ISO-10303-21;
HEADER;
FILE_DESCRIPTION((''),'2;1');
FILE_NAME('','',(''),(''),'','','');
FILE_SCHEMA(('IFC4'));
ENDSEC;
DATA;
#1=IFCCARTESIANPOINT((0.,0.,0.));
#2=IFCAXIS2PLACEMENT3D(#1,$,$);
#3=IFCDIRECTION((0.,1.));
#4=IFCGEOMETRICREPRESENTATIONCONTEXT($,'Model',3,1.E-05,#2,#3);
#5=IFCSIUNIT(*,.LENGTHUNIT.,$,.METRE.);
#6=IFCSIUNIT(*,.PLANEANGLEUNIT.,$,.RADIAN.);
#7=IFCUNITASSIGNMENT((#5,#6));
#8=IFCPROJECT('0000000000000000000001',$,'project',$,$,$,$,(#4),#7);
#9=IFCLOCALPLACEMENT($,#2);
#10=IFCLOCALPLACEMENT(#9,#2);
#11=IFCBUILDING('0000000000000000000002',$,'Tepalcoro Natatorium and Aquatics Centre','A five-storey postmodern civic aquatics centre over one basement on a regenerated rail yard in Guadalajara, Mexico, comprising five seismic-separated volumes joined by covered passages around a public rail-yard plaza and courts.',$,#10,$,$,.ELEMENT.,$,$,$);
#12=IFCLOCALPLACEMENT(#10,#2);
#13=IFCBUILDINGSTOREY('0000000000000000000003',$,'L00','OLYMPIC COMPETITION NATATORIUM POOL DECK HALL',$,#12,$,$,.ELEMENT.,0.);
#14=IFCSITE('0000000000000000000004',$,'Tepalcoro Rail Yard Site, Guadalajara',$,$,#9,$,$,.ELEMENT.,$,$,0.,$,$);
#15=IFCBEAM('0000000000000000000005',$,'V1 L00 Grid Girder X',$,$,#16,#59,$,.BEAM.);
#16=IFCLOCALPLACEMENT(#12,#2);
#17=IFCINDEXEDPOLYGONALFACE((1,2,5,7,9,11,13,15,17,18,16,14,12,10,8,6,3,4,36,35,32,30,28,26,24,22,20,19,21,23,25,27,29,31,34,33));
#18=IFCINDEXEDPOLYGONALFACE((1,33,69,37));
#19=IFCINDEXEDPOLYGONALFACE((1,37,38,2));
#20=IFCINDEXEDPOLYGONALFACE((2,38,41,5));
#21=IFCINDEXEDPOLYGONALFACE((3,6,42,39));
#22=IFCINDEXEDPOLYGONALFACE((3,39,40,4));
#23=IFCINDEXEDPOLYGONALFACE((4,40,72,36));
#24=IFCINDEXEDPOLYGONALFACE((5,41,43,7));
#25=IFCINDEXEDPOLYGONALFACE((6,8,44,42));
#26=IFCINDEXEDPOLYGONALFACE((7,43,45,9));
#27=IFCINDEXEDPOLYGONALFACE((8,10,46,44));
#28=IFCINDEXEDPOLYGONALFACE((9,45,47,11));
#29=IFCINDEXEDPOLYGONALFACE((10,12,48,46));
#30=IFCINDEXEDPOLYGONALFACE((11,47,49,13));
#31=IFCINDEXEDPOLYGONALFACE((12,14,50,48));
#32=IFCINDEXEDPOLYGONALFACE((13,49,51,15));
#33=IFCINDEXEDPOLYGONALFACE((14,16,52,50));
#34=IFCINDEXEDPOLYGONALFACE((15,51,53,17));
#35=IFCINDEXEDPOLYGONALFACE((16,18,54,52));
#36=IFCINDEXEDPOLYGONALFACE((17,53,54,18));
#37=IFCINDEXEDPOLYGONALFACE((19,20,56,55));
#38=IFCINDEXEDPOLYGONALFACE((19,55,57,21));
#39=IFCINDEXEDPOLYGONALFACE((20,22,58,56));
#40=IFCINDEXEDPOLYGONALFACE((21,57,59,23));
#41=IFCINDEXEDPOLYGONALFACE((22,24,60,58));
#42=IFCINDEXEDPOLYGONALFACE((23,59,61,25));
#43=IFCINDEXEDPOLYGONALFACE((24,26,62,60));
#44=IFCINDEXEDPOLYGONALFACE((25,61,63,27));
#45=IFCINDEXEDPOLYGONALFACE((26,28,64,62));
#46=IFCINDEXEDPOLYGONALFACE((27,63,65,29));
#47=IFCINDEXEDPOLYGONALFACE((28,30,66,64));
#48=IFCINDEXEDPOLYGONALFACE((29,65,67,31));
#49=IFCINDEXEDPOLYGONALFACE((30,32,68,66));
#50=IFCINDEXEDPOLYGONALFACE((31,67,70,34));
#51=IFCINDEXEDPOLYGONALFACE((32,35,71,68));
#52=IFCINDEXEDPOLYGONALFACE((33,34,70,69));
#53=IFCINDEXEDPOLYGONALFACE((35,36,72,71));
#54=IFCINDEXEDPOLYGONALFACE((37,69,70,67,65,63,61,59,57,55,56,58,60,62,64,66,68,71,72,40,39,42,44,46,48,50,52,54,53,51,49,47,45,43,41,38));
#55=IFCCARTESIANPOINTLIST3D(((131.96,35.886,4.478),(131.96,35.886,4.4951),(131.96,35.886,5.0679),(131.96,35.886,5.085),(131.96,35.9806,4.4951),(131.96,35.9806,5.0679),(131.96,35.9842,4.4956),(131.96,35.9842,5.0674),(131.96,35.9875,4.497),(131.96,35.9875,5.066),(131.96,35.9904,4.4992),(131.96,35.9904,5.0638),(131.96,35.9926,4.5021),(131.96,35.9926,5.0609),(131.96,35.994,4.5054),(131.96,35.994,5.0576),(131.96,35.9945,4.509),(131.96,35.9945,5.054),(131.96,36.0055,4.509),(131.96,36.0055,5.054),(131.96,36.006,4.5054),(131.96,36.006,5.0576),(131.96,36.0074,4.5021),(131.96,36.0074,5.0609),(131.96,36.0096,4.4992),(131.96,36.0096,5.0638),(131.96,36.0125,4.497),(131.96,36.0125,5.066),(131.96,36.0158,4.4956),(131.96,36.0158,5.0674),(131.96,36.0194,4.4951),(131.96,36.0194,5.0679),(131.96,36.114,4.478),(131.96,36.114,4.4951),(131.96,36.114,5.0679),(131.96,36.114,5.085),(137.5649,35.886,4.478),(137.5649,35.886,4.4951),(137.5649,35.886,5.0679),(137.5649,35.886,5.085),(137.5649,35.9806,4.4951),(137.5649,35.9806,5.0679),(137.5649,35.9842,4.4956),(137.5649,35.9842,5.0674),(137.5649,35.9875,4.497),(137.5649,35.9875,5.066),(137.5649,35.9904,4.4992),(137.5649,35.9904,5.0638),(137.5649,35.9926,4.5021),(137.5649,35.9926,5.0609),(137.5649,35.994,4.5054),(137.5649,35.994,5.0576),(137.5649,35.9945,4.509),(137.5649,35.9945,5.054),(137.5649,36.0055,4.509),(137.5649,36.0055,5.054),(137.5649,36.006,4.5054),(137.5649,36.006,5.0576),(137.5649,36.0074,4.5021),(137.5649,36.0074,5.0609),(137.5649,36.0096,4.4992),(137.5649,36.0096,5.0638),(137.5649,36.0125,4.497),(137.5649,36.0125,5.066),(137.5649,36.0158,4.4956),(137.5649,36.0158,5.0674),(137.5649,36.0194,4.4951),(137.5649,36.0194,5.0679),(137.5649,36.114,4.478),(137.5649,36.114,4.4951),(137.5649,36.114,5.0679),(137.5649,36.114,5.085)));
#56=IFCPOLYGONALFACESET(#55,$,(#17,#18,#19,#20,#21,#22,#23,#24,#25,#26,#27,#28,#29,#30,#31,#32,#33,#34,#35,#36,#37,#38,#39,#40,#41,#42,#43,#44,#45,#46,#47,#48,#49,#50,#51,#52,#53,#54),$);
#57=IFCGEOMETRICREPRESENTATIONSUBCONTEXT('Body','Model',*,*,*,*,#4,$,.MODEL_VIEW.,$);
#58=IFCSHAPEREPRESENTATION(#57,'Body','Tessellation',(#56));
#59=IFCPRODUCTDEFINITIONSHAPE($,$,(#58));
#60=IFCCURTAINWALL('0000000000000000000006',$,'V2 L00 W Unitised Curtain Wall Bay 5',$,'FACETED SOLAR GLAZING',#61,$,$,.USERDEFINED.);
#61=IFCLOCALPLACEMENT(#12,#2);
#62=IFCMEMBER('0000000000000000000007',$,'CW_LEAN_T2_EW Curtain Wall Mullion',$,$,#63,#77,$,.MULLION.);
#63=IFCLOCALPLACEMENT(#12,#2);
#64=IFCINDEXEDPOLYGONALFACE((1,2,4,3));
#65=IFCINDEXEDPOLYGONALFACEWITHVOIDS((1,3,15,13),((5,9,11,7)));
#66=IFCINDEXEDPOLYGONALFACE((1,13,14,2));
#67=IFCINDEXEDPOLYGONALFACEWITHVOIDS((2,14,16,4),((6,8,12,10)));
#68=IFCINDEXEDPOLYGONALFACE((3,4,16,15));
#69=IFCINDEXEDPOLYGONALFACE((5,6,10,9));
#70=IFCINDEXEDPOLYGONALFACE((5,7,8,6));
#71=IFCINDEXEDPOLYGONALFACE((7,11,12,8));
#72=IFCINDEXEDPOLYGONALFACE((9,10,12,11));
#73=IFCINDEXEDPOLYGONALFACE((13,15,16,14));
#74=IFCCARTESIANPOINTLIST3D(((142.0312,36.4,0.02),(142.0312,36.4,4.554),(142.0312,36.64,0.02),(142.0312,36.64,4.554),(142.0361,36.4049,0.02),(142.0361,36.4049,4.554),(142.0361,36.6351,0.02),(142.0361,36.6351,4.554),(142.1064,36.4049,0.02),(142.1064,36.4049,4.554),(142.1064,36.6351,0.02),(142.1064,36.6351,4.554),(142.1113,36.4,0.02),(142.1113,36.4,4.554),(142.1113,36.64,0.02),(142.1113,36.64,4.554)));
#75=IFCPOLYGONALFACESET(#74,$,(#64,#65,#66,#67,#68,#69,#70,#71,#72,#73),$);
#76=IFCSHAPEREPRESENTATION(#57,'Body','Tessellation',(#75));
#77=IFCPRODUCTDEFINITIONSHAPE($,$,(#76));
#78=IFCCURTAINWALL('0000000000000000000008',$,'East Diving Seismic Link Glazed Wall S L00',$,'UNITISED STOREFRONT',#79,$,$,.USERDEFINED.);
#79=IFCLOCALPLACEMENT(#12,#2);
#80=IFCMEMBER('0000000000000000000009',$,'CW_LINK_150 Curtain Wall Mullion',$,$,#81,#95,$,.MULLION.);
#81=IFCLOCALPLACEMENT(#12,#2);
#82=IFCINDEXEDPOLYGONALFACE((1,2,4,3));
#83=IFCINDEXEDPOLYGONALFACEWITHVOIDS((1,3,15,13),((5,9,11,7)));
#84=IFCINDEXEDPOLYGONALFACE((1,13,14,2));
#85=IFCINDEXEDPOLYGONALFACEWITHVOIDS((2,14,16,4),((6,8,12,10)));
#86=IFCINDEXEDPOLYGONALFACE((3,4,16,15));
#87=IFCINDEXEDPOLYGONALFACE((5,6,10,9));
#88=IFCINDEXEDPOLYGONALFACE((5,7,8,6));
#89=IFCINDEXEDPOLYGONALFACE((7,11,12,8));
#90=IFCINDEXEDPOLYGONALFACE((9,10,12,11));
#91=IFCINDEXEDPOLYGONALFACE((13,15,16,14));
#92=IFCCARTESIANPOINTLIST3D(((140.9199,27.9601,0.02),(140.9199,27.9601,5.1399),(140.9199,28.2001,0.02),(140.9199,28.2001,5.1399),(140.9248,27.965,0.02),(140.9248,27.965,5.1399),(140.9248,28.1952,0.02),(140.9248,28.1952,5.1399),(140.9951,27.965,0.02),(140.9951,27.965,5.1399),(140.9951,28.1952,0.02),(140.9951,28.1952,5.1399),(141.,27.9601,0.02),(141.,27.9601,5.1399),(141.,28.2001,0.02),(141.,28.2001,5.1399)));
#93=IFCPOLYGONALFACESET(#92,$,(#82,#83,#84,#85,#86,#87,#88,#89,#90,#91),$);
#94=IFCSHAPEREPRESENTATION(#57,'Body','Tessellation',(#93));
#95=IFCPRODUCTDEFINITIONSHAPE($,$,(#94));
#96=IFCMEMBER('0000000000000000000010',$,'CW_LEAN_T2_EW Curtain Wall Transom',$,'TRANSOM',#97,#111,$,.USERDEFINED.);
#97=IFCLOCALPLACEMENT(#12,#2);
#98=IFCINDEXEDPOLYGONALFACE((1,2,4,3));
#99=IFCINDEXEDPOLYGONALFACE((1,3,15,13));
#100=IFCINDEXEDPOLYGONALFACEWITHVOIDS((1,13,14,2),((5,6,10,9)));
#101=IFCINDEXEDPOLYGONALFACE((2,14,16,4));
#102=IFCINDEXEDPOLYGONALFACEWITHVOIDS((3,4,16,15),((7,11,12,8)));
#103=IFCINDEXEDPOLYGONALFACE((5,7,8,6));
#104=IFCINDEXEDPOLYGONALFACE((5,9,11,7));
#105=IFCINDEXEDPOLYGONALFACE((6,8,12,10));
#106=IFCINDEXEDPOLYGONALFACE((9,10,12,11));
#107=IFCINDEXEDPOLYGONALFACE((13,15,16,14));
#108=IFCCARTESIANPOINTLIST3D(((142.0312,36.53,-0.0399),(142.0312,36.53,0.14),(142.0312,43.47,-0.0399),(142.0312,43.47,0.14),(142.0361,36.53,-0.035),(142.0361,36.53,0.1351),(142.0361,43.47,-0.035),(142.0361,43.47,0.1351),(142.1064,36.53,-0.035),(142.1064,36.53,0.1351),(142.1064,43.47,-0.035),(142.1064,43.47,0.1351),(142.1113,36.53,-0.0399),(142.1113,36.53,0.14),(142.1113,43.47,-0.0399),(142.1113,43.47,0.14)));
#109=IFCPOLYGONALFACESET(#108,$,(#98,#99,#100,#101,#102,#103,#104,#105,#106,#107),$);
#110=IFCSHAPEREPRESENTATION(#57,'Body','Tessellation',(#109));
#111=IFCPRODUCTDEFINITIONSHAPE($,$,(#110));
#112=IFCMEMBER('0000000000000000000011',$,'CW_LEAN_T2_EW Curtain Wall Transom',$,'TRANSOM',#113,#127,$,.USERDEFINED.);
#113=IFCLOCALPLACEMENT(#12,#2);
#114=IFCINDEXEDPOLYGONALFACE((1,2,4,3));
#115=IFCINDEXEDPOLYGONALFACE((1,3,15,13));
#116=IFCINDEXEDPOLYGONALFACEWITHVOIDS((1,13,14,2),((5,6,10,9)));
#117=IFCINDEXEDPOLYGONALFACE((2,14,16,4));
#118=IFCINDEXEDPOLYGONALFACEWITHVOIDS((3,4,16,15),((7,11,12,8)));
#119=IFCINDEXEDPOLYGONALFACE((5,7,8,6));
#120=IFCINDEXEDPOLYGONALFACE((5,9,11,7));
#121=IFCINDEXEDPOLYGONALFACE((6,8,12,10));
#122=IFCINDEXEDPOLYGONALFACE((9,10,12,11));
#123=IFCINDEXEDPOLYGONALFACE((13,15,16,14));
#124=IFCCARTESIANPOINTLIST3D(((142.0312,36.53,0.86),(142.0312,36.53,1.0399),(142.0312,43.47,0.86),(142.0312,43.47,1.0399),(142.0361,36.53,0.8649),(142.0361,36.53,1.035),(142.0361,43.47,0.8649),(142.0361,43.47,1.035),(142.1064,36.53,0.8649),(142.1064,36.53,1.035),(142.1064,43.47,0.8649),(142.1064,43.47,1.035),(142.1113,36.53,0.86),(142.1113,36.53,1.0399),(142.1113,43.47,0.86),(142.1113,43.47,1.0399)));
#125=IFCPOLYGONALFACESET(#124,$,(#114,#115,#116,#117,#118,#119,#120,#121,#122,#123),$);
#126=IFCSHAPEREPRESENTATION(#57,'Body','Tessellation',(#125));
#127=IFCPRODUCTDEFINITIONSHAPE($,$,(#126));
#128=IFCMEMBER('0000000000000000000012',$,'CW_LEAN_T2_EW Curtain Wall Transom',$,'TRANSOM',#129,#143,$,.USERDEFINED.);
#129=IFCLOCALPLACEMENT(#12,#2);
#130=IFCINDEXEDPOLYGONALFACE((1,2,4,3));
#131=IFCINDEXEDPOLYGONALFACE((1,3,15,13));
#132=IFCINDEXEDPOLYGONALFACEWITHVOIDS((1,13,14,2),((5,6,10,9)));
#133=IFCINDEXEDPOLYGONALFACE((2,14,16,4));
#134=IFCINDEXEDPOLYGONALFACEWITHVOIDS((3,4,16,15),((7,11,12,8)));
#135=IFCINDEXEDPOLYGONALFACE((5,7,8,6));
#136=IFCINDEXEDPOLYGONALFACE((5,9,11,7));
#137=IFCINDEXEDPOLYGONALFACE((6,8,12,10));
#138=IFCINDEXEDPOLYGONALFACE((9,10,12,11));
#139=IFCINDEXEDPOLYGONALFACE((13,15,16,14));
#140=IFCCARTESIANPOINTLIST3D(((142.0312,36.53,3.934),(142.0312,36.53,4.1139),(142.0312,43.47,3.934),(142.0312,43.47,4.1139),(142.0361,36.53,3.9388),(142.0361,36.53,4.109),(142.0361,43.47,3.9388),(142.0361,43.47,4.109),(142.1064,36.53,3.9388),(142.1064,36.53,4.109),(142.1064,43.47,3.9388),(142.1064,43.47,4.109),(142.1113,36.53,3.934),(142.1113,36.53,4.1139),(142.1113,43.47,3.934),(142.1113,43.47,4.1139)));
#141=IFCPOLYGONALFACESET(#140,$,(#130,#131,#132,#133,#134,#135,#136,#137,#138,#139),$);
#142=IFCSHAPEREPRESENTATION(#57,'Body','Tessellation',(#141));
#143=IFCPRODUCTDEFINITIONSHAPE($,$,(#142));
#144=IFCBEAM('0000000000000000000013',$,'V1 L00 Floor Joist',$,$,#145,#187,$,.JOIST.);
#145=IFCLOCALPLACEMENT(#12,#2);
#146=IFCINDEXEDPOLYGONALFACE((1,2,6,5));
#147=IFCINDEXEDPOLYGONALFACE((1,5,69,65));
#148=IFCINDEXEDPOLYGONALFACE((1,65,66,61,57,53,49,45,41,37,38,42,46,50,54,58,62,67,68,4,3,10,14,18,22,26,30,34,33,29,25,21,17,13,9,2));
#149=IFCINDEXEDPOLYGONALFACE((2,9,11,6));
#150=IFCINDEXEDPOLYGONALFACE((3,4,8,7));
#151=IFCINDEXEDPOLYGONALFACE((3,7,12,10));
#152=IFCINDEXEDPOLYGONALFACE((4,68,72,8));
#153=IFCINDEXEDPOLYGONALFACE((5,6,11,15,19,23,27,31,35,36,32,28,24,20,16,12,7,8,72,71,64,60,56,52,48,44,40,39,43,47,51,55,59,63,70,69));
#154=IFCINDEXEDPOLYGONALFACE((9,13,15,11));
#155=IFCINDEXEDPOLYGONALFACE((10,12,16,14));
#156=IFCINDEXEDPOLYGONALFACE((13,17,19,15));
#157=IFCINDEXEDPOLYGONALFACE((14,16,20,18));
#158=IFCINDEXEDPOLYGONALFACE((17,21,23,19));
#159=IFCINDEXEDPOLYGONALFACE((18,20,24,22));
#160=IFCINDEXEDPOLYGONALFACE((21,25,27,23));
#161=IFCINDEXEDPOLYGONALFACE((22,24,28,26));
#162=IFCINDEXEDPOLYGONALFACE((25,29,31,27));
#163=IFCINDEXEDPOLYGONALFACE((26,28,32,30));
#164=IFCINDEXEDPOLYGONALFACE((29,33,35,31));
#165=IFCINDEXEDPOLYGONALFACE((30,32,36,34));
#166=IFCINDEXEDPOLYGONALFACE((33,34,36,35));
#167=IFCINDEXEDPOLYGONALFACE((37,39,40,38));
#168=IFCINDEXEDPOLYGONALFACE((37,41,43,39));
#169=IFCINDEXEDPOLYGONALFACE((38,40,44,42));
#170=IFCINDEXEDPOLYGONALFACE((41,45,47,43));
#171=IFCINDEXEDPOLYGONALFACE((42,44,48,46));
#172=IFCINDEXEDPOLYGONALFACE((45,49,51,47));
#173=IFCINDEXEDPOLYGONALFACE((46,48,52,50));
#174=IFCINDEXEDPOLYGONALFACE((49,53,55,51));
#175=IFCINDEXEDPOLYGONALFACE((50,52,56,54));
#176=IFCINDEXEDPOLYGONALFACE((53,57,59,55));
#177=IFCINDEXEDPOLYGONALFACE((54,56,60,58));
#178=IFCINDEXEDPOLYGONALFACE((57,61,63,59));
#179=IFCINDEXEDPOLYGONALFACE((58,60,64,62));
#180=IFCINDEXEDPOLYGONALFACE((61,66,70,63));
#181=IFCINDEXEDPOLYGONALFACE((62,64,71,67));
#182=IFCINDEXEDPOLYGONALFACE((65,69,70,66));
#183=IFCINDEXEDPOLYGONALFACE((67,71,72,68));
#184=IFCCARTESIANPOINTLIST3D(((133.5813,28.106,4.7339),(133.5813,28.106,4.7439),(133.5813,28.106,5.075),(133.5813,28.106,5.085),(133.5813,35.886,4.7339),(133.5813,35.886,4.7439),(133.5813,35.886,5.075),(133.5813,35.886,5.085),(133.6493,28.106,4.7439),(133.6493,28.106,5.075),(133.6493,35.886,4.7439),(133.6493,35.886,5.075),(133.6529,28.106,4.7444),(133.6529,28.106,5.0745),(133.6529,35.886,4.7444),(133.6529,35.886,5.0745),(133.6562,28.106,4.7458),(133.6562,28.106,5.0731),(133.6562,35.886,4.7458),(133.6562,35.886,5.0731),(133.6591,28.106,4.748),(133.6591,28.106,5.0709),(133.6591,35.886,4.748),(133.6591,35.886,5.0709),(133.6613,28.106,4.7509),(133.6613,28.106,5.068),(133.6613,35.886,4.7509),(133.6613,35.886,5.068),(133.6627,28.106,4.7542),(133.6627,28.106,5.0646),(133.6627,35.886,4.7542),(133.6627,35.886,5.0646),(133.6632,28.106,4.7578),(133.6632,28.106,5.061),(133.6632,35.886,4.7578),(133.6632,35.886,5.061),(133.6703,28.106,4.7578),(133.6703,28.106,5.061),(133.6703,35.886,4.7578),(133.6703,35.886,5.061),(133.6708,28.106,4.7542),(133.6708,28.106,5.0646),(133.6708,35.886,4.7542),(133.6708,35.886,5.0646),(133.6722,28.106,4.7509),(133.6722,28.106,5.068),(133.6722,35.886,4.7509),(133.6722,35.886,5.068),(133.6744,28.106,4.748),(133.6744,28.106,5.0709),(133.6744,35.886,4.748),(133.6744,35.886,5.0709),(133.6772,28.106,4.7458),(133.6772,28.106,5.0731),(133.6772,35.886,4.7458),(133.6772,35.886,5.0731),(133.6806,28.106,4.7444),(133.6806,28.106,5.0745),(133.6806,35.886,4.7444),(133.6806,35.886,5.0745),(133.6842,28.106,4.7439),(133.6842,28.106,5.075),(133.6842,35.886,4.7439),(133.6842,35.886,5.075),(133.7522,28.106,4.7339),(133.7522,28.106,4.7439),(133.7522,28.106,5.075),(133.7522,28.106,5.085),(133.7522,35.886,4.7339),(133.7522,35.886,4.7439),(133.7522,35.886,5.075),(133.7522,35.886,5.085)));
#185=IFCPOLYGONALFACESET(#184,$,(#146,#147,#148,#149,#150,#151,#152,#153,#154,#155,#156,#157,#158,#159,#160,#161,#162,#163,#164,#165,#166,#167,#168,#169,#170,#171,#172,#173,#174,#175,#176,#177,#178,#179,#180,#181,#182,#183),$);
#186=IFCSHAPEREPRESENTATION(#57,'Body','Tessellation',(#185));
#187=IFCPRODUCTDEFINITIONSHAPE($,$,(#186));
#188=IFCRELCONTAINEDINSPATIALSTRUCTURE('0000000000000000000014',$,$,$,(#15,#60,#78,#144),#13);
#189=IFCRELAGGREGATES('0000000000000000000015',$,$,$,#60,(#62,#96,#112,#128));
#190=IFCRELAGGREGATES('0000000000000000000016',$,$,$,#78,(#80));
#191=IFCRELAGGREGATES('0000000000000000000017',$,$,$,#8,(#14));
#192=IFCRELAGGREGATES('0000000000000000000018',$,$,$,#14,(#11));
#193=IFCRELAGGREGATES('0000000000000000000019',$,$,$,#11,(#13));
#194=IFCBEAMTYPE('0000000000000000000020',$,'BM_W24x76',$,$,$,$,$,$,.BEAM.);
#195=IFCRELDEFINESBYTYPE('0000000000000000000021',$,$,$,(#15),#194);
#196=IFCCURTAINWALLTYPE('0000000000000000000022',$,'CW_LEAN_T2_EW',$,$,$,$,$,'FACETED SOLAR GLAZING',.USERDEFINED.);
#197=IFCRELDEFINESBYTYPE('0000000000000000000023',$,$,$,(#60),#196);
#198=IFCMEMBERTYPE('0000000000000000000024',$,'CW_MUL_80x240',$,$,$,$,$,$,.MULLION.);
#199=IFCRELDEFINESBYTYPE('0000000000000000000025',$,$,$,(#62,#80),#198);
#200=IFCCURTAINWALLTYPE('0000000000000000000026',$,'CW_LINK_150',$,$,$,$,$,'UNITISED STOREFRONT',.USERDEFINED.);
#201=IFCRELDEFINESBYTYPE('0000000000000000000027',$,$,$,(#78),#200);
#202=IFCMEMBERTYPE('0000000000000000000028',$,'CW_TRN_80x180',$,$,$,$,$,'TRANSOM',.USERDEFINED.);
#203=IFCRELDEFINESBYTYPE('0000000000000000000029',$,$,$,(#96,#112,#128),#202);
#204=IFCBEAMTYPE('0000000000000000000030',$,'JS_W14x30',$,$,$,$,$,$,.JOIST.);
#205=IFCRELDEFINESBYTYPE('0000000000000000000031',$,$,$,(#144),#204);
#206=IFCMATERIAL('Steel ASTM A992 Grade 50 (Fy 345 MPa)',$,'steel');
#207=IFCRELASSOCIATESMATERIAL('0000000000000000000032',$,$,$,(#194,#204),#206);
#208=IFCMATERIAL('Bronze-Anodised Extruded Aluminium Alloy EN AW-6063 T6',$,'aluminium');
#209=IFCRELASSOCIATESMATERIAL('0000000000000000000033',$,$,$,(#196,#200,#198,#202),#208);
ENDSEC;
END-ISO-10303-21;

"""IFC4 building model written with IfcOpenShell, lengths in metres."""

from ifc_helpers import new_model, si_unit, direction, frame, origin, origin_2d, place, context, subcontext, project, spatial, hollow_rectangle, i_section, extrude, material, material_profile, profile_set, type_object, element, aggregate, save


model = new_model("IFC4")

# Units and contexts
model_context = context("Model", 3, precision=1e-05, world=origin(), true_north=direction((0.0, 1.0)))
body_context = subcontext(model_context, "Body", "Model", "MODEL_VIEW")
ifc_project = project(units=[si_unit("LENGTHUNIT", "METRE"), si_unit("PLANEANGLEUNIT", "RADIAN")], contexts=[model_context])

# Site, building, storey
site_placement = place(None, origin())
site = spatial("IfcSite", under=ifc_project, at=site_placement, Name="Tepalcoro Rail Yard Site, Guadalajara", CompositionType="ELEMENT", RefElevation=0.0)
building_placement = place(site_placement, origin())
building = spatial("IfcBuilding", under=site, at=building_placement, Name="Tepalcoro Natatorium and Aquatics Centre", Description="A five-storey postmodern civic aquatics centre over one basement on a regenerated rail yard in Guadalajara, Mexico, comprising five seismic-separated volumes joined by covered passages around a public rail-yard plaza and courts.", CompositionType="ELEMENT")
storey_placement = place(building_placement, origin())
storey = spatial("IfcBuildingStorey", under=building, at=storey_placement, Name="L00", Description="OLYMPIC COMPETITION NATATORIUM POOL DECK HALL", CompositionType="ELEMENT", Elevation=0.0)

# Shared definitions
ifc_material_1 = material(Name="Steel ASTM A992 Grade 50 (Fy 345 MPa)", Category="steel")

# Beam
ifc_material_profile_1 = material_profile(ifc_material_1, i_section(OverallWidth=0.228, OverallDepth=0.6069, WebThickness=0.011, FlangeThickness=0.0171, FilletRadius=0.0139, at=origin_2d()), Name="W24X76")
ifc_profile_set_1 = profile_set([ifc_material_profile_1], Name="Steel ASTM A992 Grade 50 (Fy 345 MPa)")
beam_type_1 = type_object("IfcBeamType", Name="BM_W24x76", PredefinedType="BEAM", material=ifc_profile_set_1)
beam_1_placement = place(storey_placement, frame((131.96, 36.0, 4.7815), z_axis=(1.0, 0.0, 0.0), x_axis=(0.0, 1.0, 0.0)))
element("IfcBeam", 1, at=beam_1_placement, inside=storey, type_object=beam_type_1, Name="V1 L00 Grid Girder X", PredefinedType="BEAM", context=body_context, shape_type="SweptSolid", body=[
    extrude(i_section(OverallWidth=0.228, OverallDepth=0.6069, WebThickness=0.011, FlangeThickness=0.0171, FilletRadius=0.0139, at=origin_2d()), origin(), (0.0, 0.0, 1.0), 5.605),
])

# Curtain walls, members
ifc_material_2 = material(Name="Bronze-Anodised Extruded Aluminium Alloy EN AW-6063 T6", Category="aluminium")
curtain_wall_type_1 = type_object("IfcCurtainWallType", Name="CW_LEAN_T2_EW", ElementType="FACETED SOLAR GLAZING", PredefinedType="USERDEFINED", material=ifc_material_2)
curtain_wall_1_placement = place(storey_placement, origin())
curtain_wall_1 = element("IfcCurtainWall", 2, at=curtain_wall_1_placement, inside=storey, type_object=curtain_wall_type_1, Name="V2 L00 W Unitised Curtain Wall Bay 5", ObjectType="FACETED SOLAR GLAZING", PredefinedType="USERDEFINED")
ifc_material_profile_2 = material_profile(ifc_material_2, hollow_rectangle(XDim=0.0801, YDim=0.24, WallThickness=0.0049, at=origin_2d()), Name="AL80X240X5")
ifc_profile_set_2 = profile_set([ifc_material_profile_2], Name="Bronze-Anodised Extruded Aluminium Alloy EN AW-6063 T6")
member_type_1 = type_object("IfcMemberType", Name="CW_MUL_80x240", PredefinedType="MULLION", material=ifc_profile_set_2)
member_1_placement = place(storey_placement, frame((142.0713, 36.52, 0.02), z_axis=(0.0, 0.0, 1.0), x_axis=(1.0, 0.0, 0.0)))
member_1 = element("IfcMember", 3, at=member_1_placement, type_object=member_type_1, Name="CW_LEAN_T2_EW Curtain Wall Mullion", PredefinedType="MULLION", context=body_context, shape_type="SweptSolid", body=[
    extrude(hollow_rectangle(XDim=0.0801, YDim=0.24, WallThickness=0.0049, at=origin_2d()), origin(), (0.0, 0.0, 1.0), 4.5339),
])
curtain_wall_type_2 = type_object("IfcCurtainWallType", Name="CW_LINK_150", ElementType="UNITISED STOREFRONT", PredefinedType="USERDEFINED", material=ifc_material_2)
curtain_wall_2_placement = place(storey_placement, origin())
curtain_wall_2 = element("IfcCurtainWall", 4, at=curtain_wall_2_placement, inside=storey, type_object=curtain_wall_type_2, Name="East Diving Seismic Link Glazed Wall S L00", ObjectType="UNITISED STOREFRONT", PredefinedType="USERDEFINED")
member_2_placement = place(storey_placement, frame((140.96, 28.0801, 0.02), z_axis=(0.0, 0.0, 1.0), x_axis=(1.0, 0.0, 0.0)))
member_2 = element("IfcMember", 5, at=member_2_placement, type_object=member_type_1, Name="CW_LINK_150 Curtain Wall Mullion", PredefinedType="MULLION", context=body_context, shape_type="SweptSolid", body=[
    extrude(hollow_rectangle(XDim=0.0801, YDim=0.24, WallThickness=0.0049, at=origin_2d()), origin(), (0.0, 0.0, 1.0), 5.1199),
])

# Members
ifc_material_profile_3 = material_profile(ifc_material_2, hollow_rectangle(XDim=0.0801, YDim=0.1799, WallThickness=0.0049, at=origin_2d()), Name="AL80X180X5")
ifc_profile_set_3 = profile_set([ifc_material_profile_3], Name="Bronze-Anodised Extruded Aluminium Alloy EN AW-6063 T6")
member_type_2 = type_object("IfcMemberType", Name="CW_TRN_80x180", ElementType="TRANSOM", PredefinedType="USERDEFINED", material=ifc_profile_set_3)
member_3_placement = place(storey_placement, frame((142.0713, 36.53, 0.05), z_axis=(0.0, 1.0, 0.0), x_axis=(-1.0, 0.0, 0.0)))
member_3 = element("IfcMember", 6, at=member_3_placement, type_object=member_type_2, Name="CW_LEAN_T2_EW Curtain Wall Transom", ObjectType="TRANSOM", PredefinedType="USERDEFINED", context=body_context, shape_type="SweptSolid", body=[
    extrude(hollow_rectangle(XDim=0.0801, YDim=0.1799, WallThickness=0.0049, at=origin_2d()), origin(), (0.0, 0.0, 1.0), 6.9399),
])
member_4_placement = place(storey_placement, frame((142.0713, 36.53, 0.95), z_axis=(0.0, 1.0, 0.0), x_axis=(-1.0, 0.0, 0.0)))
member_4 = element("IfcMember", 7, at=member_4_placement, type_object=member_type_2, Name="CW_LEAN_T2_EW Curtain Wall Transom", ObjectType="TRANSOM", PredefinedType="USERDEFINED", context=body_context, shape_type="SweptSolid", body=[
    extrude(hollow_rectangle(XDim=0.0801, YDim=0.1799, WallThickness=0.0049, at=origin_2d()), origin(), (0.0, 0.0, 1.0), 6.9399),
])
member_5_placement = place(storey_placement, frame((142.0713, 36.53, 4.0239), z_axis=(0.0, 1.0, 0.0), x_axis=(-1.0, 0.0, 0.0)))
member_5 = element("IfcMember", 8, at=member_5_placement, type_object=member_type_2, Name="CW_LEAN_T2_EW Curtain Wall Transom", ObjectType="TRANSOM", PredefinedType="USERDEFINED", context=body_context, shape_type="SweptSolid", body=[
    extrude(hollow_rectangle(XDim=0.0801, YDim=0.1799, WallThickness=0.0049, at=origin_2d()), origin(), (0.0, 0.0, 1.0), 6.9399),
])
aggregate(curtain_wall_1, [member_1, member_3, member_4, member_5])

# Beam
ifc_material_profile_4 = material_profile(ifc_material_1, i_section(OverallWidth=0.1709, OverallDepth=0.3511, WebThickness=0.0071, FlangeThickness=0.01, FilletRadius=0.0139, at=origin_2d()), Name="W14X30")
ifc_profile_set_4 = profile_set([ifc_material_profile_4], Name="Steel ASTM A992 Grade 50 (Fy 345 MPa)")
beam_type_2 = type_object("IfcBeamType", Name="JS_W14x30", PredefinedType="JOIST", material=ifc_profile_set_4)
beam_2_placement = place(storey_placement, frame((133.6667, 28.106, 4.9094), z_axis=(0.0, 1.0, 0.0), x_axis=(-1.0, 0.0, 0.0)))
element("IfcBeam", 9, at=beam_2_placement, inside=storey, type_object=beam_type_2, Name="V1 L00 Floor Joist", PredefinedType="JOIST", context=body_context, shape_type="SweptSolid", body=[
    extrude(i_section(OverallWidth=0.1709, OverallDepth=0.3511, WebThickness=0.0071, FlangeThickness=0.01, FilletRadius=0.0139, at=origin_2d()), origin(), (0.0, 0.0, 1.0), 7.78),
])

aggregate(curtain_wall_2, [member_2])

save(model, "model.ifc")
